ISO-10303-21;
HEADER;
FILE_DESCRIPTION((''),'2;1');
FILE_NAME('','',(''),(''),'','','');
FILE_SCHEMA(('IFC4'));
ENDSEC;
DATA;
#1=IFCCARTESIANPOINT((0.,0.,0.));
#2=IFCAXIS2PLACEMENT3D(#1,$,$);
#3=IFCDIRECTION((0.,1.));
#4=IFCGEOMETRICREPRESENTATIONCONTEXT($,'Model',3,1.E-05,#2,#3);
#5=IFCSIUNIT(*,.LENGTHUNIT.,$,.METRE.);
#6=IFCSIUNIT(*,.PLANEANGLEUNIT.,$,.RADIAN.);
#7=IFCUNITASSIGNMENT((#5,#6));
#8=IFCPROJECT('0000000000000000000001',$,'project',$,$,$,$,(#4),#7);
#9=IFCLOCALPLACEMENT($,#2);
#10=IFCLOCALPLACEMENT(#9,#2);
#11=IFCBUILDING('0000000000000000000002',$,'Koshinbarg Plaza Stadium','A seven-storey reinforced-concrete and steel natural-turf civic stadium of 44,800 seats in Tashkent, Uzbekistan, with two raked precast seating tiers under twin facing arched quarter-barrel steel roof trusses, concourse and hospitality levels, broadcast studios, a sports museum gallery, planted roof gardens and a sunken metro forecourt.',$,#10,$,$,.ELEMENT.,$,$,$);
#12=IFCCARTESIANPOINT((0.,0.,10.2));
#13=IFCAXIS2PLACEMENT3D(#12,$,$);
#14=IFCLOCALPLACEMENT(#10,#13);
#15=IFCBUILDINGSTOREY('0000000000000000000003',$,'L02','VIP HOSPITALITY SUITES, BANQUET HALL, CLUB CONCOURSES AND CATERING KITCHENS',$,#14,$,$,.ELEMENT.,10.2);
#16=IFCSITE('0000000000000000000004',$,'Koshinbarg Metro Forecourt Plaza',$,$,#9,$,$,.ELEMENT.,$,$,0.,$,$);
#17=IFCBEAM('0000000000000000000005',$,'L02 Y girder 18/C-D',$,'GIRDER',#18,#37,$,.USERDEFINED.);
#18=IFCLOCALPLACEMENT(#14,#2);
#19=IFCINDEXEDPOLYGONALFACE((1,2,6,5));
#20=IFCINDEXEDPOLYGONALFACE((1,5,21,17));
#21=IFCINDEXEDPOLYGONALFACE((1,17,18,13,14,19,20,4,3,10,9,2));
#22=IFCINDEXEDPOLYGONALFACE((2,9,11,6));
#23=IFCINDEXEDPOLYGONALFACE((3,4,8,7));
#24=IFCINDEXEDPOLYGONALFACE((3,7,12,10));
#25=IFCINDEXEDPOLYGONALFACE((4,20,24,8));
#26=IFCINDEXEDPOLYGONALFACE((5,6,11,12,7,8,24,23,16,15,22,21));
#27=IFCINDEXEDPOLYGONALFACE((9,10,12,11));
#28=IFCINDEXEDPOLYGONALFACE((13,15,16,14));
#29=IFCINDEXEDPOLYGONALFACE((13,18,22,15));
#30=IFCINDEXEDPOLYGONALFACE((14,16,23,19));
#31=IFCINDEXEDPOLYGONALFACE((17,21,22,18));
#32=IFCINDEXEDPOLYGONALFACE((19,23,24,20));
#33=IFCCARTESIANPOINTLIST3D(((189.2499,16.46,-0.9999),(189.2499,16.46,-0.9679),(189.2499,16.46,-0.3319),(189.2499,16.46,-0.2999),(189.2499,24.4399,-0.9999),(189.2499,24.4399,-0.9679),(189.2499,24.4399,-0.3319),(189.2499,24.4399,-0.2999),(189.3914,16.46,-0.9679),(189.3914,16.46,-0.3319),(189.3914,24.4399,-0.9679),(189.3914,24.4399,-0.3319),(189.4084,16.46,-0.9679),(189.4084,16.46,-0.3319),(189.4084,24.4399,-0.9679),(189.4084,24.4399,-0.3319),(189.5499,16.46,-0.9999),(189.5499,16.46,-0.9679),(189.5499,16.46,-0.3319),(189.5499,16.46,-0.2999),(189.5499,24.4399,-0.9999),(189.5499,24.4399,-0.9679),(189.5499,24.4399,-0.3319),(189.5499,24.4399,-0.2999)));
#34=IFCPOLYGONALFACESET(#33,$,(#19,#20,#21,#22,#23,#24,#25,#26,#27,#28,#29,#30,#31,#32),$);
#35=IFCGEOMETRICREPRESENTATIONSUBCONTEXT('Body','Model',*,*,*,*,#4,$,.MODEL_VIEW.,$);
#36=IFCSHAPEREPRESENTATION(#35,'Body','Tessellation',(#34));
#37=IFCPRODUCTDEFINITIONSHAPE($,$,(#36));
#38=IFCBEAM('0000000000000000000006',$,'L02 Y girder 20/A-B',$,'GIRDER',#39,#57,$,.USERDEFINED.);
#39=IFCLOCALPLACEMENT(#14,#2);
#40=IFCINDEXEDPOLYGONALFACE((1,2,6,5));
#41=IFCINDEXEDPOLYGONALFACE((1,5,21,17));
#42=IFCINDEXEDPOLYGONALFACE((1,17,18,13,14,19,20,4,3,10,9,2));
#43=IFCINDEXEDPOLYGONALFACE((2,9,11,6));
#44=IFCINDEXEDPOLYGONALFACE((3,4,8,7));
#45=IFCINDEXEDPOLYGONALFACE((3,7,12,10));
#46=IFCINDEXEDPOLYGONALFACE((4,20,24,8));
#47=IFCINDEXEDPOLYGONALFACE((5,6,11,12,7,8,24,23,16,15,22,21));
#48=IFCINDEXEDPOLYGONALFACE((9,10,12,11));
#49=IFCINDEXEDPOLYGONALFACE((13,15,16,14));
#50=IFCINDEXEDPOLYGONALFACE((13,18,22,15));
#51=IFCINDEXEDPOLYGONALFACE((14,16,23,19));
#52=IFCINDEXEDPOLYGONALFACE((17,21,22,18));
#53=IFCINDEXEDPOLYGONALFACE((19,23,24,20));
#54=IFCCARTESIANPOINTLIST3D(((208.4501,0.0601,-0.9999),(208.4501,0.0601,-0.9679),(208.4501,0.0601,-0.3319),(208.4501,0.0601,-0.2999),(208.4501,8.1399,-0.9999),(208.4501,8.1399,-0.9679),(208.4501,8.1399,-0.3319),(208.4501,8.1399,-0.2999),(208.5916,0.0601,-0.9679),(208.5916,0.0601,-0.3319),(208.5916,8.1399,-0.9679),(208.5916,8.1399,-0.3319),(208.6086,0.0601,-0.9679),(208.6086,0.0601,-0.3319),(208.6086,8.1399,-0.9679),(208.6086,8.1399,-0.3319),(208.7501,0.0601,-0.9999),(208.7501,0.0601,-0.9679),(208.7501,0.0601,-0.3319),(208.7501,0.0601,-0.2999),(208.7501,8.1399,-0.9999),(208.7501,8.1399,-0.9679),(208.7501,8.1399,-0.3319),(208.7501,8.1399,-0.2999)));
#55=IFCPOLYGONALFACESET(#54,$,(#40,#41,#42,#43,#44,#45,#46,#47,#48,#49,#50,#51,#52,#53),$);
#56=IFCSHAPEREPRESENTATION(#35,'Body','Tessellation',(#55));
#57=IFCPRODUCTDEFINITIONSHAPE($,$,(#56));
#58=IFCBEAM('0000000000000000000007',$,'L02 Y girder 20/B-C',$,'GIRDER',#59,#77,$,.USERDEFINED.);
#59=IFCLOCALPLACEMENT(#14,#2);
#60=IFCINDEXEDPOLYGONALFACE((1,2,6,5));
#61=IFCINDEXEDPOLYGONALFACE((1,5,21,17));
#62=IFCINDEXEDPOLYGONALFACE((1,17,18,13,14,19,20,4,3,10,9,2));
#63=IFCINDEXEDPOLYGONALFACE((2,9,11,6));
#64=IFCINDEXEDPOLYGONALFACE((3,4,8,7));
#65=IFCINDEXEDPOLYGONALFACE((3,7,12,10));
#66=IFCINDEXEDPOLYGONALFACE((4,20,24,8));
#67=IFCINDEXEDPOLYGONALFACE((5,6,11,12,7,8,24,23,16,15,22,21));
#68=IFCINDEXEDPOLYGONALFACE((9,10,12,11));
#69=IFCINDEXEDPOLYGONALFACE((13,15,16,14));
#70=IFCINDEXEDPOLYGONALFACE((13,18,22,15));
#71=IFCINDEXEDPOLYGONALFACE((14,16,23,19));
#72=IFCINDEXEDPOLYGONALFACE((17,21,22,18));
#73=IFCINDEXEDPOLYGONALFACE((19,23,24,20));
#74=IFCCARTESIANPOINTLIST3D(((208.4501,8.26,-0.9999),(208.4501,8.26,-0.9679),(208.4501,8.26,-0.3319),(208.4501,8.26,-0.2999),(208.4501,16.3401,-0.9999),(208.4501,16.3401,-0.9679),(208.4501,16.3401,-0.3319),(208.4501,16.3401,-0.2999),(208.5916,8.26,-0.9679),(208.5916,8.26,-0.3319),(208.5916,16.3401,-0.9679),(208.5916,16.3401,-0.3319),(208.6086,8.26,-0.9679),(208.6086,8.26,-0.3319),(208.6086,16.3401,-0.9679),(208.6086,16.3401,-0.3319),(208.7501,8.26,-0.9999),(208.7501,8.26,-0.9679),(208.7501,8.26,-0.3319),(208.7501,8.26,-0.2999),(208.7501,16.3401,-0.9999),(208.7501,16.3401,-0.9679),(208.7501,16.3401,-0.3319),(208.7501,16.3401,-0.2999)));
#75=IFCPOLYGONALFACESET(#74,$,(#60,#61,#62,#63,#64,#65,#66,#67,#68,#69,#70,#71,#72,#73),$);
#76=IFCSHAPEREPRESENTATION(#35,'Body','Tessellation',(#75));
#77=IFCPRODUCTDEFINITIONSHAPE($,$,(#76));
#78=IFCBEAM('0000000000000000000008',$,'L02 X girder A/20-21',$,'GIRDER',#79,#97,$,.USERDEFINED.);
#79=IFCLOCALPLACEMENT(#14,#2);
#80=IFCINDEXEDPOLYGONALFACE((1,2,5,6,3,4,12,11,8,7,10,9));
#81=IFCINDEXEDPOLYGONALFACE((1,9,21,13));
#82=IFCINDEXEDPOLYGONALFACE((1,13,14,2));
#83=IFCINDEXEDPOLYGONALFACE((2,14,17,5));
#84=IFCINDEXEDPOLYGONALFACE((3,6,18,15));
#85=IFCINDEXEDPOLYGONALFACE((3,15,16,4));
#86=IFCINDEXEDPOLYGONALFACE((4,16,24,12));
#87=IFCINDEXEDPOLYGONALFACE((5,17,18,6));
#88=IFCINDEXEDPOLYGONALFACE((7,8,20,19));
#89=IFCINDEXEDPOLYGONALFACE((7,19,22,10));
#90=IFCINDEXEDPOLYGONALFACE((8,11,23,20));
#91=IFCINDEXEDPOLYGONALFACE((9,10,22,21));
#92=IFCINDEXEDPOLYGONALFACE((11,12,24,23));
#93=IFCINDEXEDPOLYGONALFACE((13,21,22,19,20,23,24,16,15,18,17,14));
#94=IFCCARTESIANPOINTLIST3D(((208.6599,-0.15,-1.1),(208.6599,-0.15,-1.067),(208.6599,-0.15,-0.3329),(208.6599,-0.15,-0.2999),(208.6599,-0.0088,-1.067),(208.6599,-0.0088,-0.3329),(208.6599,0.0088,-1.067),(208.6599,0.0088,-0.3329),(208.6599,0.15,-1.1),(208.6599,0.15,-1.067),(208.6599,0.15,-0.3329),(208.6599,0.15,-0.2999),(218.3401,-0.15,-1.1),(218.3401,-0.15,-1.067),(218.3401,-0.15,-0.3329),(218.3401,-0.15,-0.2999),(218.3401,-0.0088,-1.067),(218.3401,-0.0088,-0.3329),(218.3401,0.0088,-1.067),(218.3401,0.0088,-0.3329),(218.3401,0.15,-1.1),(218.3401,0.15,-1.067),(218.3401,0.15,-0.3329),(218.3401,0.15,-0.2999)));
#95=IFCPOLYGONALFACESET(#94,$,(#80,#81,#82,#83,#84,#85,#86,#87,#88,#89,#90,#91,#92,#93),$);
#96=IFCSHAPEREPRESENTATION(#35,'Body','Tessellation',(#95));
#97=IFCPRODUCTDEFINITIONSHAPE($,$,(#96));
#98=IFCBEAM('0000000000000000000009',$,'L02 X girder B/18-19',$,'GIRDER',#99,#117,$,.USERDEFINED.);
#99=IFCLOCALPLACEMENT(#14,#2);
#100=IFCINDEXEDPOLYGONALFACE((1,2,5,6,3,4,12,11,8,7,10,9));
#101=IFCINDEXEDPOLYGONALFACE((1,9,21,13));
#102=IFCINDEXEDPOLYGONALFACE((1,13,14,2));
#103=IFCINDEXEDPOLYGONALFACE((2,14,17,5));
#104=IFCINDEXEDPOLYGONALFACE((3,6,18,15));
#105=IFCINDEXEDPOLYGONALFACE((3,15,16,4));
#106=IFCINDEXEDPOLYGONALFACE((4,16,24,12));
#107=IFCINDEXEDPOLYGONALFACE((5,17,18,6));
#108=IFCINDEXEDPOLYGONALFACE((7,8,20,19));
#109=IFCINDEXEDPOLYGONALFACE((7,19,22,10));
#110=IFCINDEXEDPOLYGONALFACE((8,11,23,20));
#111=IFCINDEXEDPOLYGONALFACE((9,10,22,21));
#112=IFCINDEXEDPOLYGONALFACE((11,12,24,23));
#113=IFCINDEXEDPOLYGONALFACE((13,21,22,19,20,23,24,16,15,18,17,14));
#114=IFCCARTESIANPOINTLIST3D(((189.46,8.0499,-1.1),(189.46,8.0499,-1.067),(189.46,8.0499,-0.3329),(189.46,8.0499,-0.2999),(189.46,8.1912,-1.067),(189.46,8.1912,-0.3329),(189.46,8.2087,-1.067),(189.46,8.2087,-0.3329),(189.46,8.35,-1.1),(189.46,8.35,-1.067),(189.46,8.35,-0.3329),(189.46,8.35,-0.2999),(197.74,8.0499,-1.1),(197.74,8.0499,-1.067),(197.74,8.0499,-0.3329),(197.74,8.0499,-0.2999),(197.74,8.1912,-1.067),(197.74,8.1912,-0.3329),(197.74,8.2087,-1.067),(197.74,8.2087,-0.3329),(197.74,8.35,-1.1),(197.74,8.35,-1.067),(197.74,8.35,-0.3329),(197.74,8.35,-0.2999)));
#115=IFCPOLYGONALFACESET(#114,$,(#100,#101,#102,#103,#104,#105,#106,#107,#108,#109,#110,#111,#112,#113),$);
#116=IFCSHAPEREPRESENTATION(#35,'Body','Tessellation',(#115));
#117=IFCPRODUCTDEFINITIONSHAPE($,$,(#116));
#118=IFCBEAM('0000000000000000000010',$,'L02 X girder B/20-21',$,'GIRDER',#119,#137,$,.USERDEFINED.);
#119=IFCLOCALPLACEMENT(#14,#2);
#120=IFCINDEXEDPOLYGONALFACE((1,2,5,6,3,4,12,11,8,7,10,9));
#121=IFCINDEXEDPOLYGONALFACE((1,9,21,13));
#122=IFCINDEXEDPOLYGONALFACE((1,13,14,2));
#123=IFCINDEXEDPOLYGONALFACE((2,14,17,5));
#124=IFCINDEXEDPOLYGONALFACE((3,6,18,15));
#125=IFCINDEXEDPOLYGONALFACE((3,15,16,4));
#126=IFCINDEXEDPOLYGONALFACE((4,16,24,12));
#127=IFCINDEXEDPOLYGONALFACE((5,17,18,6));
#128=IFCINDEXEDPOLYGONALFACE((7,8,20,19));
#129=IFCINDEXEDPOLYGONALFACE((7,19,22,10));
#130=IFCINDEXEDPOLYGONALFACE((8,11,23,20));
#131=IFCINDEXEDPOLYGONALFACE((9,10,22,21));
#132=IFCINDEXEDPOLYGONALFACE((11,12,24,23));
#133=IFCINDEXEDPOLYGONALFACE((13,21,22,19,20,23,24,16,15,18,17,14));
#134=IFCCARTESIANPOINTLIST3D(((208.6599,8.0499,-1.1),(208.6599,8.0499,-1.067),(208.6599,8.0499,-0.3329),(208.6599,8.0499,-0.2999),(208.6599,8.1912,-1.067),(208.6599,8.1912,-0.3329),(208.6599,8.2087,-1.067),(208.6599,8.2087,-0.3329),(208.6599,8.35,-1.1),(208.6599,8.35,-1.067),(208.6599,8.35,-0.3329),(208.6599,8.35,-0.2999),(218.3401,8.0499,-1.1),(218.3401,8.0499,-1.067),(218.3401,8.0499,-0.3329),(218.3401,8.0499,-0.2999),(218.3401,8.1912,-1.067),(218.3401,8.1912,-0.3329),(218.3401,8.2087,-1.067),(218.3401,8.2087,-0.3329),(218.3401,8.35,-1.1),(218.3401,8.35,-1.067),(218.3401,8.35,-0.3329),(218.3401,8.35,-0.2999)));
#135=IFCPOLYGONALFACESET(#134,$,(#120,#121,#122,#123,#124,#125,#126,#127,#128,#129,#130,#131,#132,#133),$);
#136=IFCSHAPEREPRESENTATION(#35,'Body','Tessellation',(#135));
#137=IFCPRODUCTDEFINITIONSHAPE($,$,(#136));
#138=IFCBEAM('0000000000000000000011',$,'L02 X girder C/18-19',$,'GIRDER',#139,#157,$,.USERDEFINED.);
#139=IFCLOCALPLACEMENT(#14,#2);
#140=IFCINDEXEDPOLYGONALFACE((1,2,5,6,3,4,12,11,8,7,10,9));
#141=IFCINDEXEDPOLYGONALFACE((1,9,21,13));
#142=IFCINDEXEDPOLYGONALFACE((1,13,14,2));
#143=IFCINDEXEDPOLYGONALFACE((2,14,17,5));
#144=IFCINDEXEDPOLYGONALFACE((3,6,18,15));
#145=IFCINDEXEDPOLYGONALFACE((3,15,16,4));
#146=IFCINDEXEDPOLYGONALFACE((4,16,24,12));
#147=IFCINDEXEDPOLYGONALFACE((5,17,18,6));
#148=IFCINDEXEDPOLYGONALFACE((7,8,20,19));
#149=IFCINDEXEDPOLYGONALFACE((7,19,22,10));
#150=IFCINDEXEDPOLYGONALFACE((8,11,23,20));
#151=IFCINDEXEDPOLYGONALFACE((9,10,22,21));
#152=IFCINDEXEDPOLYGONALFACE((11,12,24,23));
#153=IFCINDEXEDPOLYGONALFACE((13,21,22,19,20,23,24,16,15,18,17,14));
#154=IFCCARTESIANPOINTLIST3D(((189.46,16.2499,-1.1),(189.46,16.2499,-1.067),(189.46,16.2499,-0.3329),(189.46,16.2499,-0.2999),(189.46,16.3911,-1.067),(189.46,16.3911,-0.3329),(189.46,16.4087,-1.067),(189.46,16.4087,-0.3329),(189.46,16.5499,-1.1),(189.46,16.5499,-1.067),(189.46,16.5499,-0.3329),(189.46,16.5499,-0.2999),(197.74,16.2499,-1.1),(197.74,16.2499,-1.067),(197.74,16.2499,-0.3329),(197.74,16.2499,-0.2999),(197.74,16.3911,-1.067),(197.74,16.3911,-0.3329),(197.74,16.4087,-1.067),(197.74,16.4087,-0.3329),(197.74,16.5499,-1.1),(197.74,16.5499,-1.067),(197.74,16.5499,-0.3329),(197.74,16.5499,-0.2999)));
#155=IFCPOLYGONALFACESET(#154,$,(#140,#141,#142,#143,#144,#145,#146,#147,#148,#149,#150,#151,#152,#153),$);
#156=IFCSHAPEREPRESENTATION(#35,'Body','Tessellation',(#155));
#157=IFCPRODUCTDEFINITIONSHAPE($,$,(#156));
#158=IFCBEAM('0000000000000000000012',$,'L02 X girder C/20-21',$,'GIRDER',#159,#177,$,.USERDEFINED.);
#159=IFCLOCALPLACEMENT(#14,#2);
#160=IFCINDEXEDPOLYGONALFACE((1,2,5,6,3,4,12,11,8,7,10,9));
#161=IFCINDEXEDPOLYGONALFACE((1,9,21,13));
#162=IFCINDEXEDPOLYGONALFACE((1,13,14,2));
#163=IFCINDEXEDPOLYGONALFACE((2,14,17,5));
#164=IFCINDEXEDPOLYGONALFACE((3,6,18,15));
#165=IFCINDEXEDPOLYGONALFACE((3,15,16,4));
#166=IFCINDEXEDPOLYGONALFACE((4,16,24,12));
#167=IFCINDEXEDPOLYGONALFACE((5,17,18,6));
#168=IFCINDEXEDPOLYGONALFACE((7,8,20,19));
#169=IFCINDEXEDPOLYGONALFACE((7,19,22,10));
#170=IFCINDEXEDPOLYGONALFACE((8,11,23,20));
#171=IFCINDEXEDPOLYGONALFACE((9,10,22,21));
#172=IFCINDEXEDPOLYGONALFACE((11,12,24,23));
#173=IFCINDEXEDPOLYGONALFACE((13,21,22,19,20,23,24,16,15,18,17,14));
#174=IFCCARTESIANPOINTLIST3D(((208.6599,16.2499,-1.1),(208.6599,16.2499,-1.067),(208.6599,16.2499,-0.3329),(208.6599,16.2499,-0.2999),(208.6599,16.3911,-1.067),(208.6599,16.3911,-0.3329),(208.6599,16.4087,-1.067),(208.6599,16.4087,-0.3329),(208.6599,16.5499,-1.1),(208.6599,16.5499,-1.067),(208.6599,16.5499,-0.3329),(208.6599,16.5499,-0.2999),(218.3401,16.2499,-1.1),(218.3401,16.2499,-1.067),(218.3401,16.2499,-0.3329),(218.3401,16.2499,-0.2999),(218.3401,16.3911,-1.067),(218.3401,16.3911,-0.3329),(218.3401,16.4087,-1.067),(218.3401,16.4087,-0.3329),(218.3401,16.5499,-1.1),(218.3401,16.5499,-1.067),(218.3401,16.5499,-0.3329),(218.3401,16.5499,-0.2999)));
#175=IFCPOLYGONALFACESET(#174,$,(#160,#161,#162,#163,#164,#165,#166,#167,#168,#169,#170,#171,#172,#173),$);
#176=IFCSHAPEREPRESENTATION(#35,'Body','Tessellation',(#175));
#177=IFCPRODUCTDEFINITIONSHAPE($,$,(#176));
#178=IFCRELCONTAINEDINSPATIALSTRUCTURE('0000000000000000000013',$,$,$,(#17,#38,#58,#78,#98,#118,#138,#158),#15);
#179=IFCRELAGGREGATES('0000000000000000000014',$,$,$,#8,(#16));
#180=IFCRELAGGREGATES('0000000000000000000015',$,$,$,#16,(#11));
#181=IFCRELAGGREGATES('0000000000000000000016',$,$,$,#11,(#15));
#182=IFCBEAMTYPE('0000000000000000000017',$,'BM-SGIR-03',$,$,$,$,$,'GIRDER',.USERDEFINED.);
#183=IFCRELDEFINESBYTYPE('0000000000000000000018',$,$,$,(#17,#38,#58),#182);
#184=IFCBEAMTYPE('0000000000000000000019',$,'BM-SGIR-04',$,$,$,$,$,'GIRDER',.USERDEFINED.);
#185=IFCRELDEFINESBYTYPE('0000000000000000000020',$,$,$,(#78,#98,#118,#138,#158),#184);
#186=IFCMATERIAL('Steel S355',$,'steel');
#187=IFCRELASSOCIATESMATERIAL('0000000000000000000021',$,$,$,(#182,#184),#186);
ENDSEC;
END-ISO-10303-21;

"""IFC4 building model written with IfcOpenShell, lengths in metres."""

from ifc_helpers import new_model, si_unit, direction, frame, origin, origin_2d, place, context, subcontext, project, spatial, i_section, extrude, material, material_profile, profile_set, type_object, element, save


model = new_model("IFC4")

# Units and contexts
model_context = context("Model", 3, precision=1e-05, world=origin(), true_north=direction((0.0, 1.0)))
body_context = subcontext(model_context, "Body", "Model", "MODEL_VIEW")
ifc_project = project(units=[si_unit("LENGTHUNIT", "METRE"), si_unit("PLANEANGLEUNIT", "RADIAN")], contexts=[model_context])

# Site, building, storey
site_placement = place(None, origin())
site = spatial("IfcSite", under=ifc_project, at=site_placement, Name="Koshinbarg Metro Forecourt Plaza", CompositionType="ELEMENT", RefElevation=0.0)
building_placement = place(site_placement, origin())
building = spatial("IfcBuilding", under=site, at=building_placement, Name="Koshinbarg Plaza Stadium", Description="A seven-storey reinforced-concrete and steel natural-turf civic stadium of 44,800 seats in Tashkent, Uzbekistan, with two raked precast seating tiers under twin facing arched quarter-barrel steel roof trusses, concourse and hospitality levels, broadcast studios, a sports museum gallery, planted roof gardens and a sunken metro forecourt.", CompositionType="ELEMENT")
storey_placement = place(building_placement, frame((0.0, 0.0, 10.2)))
storey = spatial("IfcBuildingStorey", under=building, at=storey_placement, Name="L02", Description="VIP HOSPITALITY SUITES, BANQUET HALL, CLUB CONCOURSES AND CATERING KITCHENS", CompositionType="ELEMENT", Elevation=10.2)

# Beams
ifc_material_1 = material(Name="Steel S355", Category="steel")
ifc_material_profile_1 = material_profile(ifc_material_1, i_section(OverallWidth=0.3, OverallDepth=0.7, WebThickness=0.0171, FlangeThickness=0.032, at=origin_2d()), Name="HEB 700")
ifc_profile_set_1 = profile_set([ifc_material_profile_1], Name="Steel S355")
beam_type_1 = type_object("IfcBeamType", Name="BM-SGIR-03", ElementType="GIRDER", PredefinedType="USERDEFINED", material=ifc_profile_set_1)
beam_1_placement = place(storey_placement, frame((189.3999, 16.46, -0.6499), z_axis=(0.0, 1.0, 0.0), x_axis=(-1.0, 0.0, 0.0)))
element("IfcBeam", 1, at=beam_1_placement, inside=storey, type_object=beam_type_1, Name="L02 Y girder 18/C-D", ObjectType="GIRDER", PredefinedType="USERDEFINED", context=body_context, shape_type="SweptSolid", body=[
    extrude(i_section(OverallWidth=0.3, OverallDepth=0.7, WebThickness=0.0171, FlangeThickness=0.032, at=origin_2d()), origin(), (0.0, 0.0, 1.0), 7.98),
])
beam_2_placement = place(storey_placement, frame((208.6001, 0.0601, -0.6499), z_axis=(0.0, 1.0, 0.0), x_axis=(-1.0, 0.0, 0.0)))
element("IfcBeam", 2, at=beam_2_placement, inside=storey, type_object=beam_type_1, Name="L02 Y girder 20/A-B", ObjectType="GIRDER", PredefinedType="USERDEFINED", context=body_context, shape_type="SweptSolid", body=[
    extrude(i_section(OverallWidth=0.3, OverallDepth=0.7, WebThickness=0.0171, FlangeThickness=0.032, at=origin_2d()), origin(), (0.0, 0.0, 1.0), 8.0798),
])
beam_3_placement = place(storey_placement, frame((208.6001, 8.26, -0.6499), z_axis=(0.0, 1.0, 0.0), x_axis=(-1.0, 0.0, 0.0)))
element("IfcBeam", 3, at=beam_3_placement, inside=storey, type_object=beam_type_1, Name="L02 Y girder 20/B-C", ObjectType="GIRDER", PredefinedType="USERDEFINED", context=body_context, shape_type="SweptSolid", body=[
    extrude(i_section(OverallWidth=0.3, OverallDepth=0.7, WebThickness=0.0171, FlangeThickness=0.032, at=origin_2d()), origin(), (0.0, 0.0, 1.0), 8.0801),
])
ifc_material_profile_2 = material_profile(ifc_material_1, i_section(OverallWidth=0.3, OverallDepth=0.8, WebThickness=0.0176, FlangeThickness=0.033, at=origin_2d()), Name="HEB 800")
ifc_profile_set_2 = profile_set([ifc_material_profile_2], Name="Steel S355")
beam_type_2 = type_object("IfcBeamType", Name="BM-SGIR-04", ElementType="GIRDER", PredefinedType="USERDEFINED", material=ifc_profile_set_2)
beam_4_placement = place(storey_placement, frame((208.6599, 0.0, -0.7), z_axis=(1.0, 0.0, 0.0), x_axis=(0.0, 1.0, 0.0)))
element("IfcBeam", 4, at=beam_4_placement, inside=storey, type_object=beam_type_2, Name="L02 X girder A/20-21", ObjectType="GIRDER", PredefinedType="USERDEFINED", context=body_context, shape_type="SweptSolid", body=[
    extrude(i_section(OverallWidth=0.3, OverallDepth=0.8, WebThickness=0.0176, FlangeThickness=0.033, at=origin_2d()), origin(), (0.0, 0.0, 1.0), 9.6802),
])
beam_5_placement = place(storey_placement, frame((189.46, 8.2, -0.7), z_axis=(1.0, 0.0, 0.0), x_axis=(0.0, 1.0, 0.0)))
element("IfcBeam", 5, at=beam_5_placement, inside=storey, type_object=beam_type_2, Name="L02 X girder B/18-19", ObjectType="GIRDER", PredefinedType="USERDEFINED", context=body_context, shape_type="SweptSolid", body=[
    extrude(i_section(OverallWidth=0.3, OverallDepth=0.8, WebThickness=0.0176, FlangeThickness=0.033, at=origin_2d()), origin(), (0.0, 0.0, 1.0), 8.28),
])
beam_6_placement = place(storey_placement, frame((208.6599, 8.2, -0.7), z_axis=(1.0, 0.0, 0.0), x_axis=(0.0, 1.0, 0.0)))
element("IfcBeam", 6, at=beam_6_placement, inside=storey, type_object=beam_type_2, Name="L02 X girder B/20-21", ObjectType="GIRDER", PredefinedType="USERDEFINED", context=body_context, shape_type="SweptSolid", body=[
    extrude(i_section(OverallWidth=0.3, OverallDepth=0.8, WebThickness=0.0176, FlangeThickness=0.033, at=origin_2d()), origin(), (0.0, 0.0, 1.0), 9.6802),
])
beam_7_placement = place(storey_placement, frame((189.46, 16.3999, -0.7), z_axis=(1.0, 0.0, 0.0), x_axis=(0.0, 1.0, 0.0)))
element("IfcBeam", 7, at=beam_7_placement, inside=storey, type_object=beam_type_2, Name="L02 X girder C/18-19", ObjectType="GIRDER", PredefinedType="USERDEFINED", context=body_context, shape_type="SweptSolid", body=[
    extrude(i_section(OverallWidth=0.3, OverallDepth=0.8, WebThickness=0.0176, FlangeThickness=0.033, at=origin_2d()), origin(), (0.0, 0.0, 1.0), 8.28),
])
beam_8_placement = place(storey_placement, frame((208.6599, 16.3999, -0.7), z_axis=(1.0, 0.0, 0.0), x_axis=(0.0, 1.0, 0.0)))
element("IfcBeam", 8, at=beam_8_placement, inside=storey, type_object=beam_type_2, Name="L02 X girder C/20-21", ObjectType="GIRDER", PredefinedType="USERDEFINED", context=body_context, shape_type="SweptSolid", body=[
    extrude(i_section(OverallWidth=0.3, OverallDepth=0.8, WebThickness=0.0176, FlangeThickness=0.033, at=origin_2d()), origin(), (0.0, 0.0, 1.0), 9.6802),
])

save(model, "model.ifc")
